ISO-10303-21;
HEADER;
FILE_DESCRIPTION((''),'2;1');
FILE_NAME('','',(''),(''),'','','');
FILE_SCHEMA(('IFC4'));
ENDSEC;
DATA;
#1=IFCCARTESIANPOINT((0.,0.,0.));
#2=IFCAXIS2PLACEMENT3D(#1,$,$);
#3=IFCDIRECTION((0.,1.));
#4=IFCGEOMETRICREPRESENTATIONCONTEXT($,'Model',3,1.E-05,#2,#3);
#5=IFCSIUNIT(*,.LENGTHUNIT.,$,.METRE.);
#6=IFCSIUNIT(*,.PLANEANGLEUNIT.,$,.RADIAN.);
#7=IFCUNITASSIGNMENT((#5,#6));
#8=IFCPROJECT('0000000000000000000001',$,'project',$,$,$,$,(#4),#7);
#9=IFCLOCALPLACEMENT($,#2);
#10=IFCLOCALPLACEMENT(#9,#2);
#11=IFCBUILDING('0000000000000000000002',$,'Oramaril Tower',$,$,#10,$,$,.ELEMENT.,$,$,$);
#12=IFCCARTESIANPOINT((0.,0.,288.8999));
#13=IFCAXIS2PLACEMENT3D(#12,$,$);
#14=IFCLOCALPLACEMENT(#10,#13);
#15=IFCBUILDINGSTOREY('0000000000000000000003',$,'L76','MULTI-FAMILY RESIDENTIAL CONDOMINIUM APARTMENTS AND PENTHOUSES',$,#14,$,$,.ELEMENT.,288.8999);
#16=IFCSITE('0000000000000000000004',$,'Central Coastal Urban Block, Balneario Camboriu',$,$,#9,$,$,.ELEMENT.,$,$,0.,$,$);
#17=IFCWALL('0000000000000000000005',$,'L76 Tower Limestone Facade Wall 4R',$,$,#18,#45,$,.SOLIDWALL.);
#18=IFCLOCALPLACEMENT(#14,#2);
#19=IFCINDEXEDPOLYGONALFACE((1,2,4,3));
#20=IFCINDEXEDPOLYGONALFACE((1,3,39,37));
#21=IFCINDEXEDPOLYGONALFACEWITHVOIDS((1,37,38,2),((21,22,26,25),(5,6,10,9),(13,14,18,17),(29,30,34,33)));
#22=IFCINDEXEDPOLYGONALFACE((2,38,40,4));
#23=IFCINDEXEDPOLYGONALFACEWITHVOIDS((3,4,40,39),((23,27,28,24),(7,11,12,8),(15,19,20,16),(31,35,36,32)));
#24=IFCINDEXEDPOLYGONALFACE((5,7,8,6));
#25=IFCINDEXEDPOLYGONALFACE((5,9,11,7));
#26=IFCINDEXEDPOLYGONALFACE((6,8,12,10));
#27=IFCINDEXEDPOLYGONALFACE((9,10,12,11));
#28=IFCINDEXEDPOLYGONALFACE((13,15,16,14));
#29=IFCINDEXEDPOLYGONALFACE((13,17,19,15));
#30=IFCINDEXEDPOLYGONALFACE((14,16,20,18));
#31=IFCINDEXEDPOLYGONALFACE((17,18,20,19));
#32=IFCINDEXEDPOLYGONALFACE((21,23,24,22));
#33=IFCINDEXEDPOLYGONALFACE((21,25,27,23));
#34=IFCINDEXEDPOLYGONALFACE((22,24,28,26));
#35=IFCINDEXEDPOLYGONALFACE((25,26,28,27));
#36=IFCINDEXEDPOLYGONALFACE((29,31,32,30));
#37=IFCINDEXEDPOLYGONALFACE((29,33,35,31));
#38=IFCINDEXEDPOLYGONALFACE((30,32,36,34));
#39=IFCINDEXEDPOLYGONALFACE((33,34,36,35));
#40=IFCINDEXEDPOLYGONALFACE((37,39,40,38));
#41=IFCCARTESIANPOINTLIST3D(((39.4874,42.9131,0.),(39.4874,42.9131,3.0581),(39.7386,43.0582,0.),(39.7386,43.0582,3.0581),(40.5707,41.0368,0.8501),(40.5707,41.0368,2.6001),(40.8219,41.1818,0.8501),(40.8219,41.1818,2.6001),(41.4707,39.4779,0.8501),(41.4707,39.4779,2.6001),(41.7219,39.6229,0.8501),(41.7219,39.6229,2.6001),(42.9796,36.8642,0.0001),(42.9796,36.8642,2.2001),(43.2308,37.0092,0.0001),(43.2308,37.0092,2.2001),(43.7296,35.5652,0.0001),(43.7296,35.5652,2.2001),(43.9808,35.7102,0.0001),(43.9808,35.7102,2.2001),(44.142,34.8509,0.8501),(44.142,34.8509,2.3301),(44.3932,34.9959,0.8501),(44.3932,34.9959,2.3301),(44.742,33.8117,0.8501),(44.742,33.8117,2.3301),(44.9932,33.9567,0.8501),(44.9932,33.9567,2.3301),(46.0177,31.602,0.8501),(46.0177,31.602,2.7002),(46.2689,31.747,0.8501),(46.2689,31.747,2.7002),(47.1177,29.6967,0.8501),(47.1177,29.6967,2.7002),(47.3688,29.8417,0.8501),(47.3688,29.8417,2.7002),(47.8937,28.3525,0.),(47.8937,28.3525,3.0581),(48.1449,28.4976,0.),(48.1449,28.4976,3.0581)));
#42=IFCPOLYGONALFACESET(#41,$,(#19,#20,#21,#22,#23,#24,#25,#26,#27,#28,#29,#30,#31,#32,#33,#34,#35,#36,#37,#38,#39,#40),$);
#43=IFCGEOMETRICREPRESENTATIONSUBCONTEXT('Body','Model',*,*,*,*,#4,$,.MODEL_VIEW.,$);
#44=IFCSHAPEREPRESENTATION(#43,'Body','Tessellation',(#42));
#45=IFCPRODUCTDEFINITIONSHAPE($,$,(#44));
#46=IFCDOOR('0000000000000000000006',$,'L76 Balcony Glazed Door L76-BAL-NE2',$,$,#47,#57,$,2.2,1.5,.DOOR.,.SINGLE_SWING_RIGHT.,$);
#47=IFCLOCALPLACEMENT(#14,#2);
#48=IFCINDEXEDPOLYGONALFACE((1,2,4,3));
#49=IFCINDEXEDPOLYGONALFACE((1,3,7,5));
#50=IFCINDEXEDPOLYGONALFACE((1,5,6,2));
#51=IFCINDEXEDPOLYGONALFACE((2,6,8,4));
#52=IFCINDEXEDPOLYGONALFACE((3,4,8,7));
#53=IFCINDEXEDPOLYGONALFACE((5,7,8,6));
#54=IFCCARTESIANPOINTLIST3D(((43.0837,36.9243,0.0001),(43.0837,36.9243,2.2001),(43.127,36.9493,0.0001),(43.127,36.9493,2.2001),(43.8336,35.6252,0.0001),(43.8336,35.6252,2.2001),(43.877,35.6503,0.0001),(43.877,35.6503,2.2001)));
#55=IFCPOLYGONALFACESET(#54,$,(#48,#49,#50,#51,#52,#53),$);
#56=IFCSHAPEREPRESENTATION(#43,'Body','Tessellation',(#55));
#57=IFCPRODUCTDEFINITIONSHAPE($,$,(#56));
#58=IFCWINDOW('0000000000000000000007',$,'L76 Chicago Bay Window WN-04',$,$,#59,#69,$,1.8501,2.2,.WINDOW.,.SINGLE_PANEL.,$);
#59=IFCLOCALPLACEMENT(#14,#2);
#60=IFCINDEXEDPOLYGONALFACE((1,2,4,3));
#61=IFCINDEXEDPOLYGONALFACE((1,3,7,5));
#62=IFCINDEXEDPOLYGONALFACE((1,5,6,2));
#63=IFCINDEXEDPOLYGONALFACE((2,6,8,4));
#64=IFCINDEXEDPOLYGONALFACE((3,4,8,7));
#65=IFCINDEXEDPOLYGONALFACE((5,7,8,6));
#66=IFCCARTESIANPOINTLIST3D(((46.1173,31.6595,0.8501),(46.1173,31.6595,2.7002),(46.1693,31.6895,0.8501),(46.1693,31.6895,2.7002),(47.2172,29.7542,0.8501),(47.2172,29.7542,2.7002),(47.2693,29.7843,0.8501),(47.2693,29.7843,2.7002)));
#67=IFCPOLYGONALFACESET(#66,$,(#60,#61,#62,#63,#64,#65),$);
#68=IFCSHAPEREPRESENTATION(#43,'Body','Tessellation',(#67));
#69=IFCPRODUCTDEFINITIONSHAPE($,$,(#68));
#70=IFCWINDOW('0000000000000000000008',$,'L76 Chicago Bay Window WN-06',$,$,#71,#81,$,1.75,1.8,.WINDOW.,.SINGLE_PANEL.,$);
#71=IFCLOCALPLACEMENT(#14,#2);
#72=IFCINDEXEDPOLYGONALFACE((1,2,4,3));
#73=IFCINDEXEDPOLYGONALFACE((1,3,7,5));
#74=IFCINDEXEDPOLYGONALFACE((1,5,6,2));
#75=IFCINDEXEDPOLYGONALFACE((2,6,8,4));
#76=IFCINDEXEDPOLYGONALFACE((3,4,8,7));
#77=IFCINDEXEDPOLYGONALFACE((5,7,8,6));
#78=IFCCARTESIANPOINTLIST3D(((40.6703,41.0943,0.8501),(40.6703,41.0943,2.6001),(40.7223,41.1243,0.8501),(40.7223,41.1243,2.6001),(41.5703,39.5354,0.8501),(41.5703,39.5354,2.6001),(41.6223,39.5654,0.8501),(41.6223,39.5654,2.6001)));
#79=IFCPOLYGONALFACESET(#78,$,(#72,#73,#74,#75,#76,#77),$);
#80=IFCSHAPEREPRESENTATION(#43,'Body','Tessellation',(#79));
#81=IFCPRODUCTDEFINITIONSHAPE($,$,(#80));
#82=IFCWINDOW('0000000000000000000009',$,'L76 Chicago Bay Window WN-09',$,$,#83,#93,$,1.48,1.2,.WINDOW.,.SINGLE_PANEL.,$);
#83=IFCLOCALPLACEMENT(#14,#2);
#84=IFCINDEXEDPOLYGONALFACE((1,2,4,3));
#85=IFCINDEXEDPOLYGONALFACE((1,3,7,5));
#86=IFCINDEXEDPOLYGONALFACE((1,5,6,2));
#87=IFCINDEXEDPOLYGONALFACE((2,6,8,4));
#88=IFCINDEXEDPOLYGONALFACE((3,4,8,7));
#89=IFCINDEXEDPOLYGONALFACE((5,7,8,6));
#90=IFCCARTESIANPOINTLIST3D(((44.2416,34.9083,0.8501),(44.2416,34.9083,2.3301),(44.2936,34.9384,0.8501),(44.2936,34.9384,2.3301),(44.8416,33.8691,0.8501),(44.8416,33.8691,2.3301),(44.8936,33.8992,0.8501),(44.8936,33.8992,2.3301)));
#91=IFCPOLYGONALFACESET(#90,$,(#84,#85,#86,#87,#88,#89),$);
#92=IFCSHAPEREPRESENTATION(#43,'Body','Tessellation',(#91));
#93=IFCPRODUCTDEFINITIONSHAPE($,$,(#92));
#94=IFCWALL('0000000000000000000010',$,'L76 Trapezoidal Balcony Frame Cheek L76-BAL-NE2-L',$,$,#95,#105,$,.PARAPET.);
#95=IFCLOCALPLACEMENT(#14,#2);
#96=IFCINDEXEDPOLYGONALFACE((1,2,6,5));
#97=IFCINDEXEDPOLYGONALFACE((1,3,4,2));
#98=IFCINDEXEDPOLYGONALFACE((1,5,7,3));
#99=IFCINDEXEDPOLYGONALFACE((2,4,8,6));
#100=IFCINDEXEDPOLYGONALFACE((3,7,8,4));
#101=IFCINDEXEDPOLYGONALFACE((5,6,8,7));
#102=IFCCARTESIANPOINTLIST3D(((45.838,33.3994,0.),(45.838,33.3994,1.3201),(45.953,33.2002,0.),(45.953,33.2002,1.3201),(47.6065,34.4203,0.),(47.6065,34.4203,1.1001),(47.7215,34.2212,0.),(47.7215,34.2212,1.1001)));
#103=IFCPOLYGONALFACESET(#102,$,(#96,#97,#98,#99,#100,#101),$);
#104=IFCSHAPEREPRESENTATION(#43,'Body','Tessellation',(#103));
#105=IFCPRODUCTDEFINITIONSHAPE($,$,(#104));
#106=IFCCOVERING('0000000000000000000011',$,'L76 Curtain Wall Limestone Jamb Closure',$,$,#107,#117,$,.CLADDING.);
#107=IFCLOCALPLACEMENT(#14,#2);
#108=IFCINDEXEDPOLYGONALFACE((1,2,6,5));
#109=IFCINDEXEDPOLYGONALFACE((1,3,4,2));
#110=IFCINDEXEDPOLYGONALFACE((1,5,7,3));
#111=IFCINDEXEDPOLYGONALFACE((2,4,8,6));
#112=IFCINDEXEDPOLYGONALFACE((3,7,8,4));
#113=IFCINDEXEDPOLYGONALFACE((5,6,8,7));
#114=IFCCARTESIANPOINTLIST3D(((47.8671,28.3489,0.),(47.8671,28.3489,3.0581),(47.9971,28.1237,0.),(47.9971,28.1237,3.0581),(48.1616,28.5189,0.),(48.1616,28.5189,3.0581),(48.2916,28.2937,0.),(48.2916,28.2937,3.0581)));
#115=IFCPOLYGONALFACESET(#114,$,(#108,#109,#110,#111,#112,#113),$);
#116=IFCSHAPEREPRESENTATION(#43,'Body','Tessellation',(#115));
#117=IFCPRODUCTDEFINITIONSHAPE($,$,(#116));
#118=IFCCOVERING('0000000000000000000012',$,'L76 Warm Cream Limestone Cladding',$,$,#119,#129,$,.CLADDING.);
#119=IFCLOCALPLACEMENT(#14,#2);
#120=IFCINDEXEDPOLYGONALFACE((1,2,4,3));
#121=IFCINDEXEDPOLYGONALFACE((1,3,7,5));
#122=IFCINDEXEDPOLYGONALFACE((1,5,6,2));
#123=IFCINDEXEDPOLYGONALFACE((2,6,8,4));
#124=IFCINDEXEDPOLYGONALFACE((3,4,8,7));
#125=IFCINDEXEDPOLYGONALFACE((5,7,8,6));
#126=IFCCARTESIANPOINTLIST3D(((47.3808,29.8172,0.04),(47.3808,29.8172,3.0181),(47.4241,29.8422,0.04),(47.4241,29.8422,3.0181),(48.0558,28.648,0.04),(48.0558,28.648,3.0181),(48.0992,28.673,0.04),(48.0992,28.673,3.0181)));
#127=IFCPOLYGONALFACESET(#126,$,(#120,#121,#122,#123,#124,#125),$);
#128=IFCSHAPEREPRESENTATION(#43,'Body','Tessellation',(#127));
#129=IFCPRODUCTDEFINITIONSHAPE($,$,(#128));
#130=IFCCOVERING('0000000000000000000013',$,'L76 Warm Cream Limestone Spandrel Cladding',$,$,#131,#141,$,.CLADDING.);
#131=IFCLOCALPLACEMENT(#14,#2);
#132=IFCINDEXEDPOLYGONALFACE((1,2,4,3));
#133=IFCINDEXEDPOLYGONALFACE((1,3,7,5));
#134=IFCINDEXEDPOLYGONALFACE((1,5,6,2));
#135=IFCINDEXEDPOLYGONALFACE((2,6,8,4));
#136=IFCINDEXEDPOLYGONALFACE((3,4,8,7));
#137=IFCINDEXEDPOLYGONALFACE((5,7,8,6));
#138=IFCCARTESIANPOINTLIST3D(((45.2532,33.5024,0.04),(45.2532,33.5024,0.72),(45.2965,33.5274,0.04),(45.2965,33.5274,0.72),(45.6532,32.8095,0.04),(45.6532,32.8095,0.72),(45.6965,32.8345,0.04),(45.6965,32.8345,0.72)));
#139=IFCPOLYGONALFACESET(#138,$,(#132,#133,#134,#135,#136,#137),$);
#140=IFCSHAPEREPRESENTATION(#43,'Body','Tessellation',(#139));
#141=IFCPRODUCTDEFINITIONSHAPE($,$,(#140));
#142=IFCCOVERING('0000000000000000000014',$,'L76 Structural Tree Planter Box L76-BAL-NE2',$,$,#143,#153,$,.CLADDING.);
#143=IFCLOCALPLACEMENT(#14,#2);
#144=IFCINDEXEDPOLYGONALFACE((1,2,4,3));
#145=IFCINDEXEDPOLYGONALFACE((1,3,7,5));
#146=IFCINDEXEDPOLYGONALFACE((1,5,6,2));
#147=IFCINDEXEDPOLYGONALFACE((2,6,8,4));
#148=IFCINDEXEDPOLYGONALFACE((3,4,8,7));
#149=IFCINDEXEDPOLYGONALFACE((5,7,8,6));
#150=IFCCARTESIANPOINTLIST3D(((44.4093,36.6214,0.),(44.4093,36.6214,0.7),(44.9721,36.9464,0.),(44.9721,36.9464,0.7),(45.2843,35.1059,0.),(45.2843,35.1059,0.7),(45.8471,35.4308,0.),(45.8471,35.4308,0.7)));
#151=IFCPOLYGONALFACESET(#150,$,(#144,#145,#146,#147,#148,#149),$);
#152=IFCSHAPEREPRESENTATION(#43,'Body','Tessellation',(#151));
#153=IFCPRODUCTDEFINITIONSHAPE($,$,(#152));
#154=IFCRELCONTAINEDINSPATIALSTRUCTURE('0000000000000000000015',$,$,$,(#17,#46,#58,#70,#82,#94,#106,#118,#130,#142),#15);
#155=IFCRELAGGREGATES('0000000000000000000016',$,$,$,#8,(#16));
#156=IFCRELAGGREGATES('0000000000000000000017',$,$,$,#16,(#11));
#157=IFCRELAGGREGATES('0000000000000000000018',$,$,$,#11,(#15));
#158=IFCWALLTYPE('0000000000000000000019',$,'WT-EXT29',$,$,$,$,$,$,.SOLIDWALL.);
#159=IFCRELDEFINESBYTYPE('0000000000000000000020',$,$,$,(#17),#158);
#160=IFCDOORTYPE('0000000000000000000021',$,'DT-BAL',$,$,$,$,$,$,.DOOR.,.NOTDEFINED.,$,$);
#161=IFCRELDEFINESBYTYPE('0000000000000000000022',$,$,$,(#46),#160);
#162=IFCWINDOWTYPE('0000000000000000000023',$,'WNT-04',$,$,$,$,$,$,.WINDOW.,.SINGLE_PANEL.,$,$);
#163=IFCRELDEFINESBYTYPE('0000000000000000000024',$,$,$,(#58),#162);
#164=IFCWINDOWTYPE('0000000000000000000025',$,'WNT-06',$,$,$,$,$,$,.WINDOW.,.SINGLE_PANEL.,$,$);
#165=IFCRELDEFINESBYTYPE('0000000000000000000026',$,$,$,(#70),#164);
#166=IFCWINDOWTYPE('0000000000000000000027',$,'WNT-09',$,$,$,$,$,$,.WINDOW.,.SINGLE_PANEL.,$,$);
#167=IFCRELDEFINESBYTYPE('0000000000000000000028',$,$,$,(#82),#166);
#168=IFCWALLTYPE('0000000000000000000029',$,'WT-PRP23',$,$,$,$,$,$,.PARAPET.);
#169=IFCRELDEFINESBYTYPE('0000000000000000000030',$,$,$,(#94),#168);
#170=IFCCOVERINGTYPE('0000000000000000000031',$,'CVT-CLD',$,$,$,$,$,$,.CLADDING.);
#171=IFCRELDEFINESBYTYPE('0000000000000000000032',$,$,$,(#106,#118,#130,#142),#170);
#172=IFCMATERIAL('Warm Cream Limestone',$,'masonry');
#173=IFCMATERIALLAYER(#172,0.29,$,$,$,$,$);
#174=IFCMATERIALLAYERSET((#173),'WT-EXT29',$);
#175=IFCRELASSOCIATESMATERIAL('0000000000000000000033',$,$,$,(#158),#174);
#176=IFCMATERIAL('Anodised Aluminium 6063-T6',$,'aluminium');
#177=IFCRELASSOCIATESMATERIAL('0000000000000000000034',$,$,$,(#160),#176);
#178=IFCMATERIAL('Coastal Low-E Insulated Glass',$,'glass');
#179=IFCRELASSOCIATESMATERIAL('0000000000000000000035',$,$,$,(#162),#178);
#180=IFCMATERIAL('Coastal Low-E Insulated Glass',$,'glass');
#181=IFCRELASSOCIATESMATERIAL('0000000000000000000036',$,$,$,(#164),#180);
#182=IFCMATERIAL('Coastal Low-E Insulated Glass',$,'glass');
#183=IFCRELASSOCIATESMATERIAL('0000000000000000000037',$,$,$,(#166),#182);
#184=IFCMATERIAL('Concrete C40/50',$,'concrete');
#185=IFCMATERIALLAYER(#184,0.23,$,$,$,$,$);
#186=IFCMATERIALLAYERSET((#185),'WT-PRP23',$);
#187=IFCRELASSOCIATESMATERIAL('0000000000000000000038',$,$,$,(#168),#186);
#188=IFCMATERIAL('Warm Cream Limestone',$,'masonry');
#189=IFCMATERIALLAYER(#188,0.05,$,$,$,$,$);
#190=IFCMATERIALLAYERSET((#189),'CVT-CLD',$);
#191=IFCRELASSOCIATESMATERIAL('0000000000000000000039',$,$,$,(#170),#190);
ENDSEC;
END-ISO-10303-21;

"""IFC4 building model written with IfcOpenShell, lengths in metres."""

from ifc_helpers import new_model, si_unit, direction, frame, frame_2d, origin, origin_2d, place, context, subcontext, project, spatial, polyline, rectangle, outline, extrude, material, layer, layer_set, type_object, element, fill, save


model = new_model("IFC4")

# Units and contexts
model_context = context("Model", 3, precision=1e-05, world=origin(), true_north=direction((0.0, 1.0)))
body_context = subcontext(model_context, "Body", "Model", "MODEL_VIEW")
ifc_project = project(units=[si_unit("LENGTHUNIT", "METRE"), si_unit("PLANEANGLEUNIT", "RADIAN")], contexts=[model_context])

# Site, building, storey
site_placement = place(None, origin())
site = spatial("IfcSite", under=ifc_project, at=site_placement, Name="Central Coastal Urban Block, Balneario Camboriu", CompositionType="ELEMENT", RefElevation=0.0)
building_placement = place(site_placement, origin())
building = spatial("IfcBuilding", under=site, at=building_placement, Name="Oramaril Tower", CompositionType="ELEMENT")
storey_placement = place(building_placement, frame((0.0, 0.0, 288.8999)))
storey = spatial("IfcBuildingStorey", under=building, at=storey_placement, Name="L76", Description="MULTI-FAMILY RESIDENTIAL CONDOMINIUM APARTMENTS AND PENTHOUSES", CompositionType="ELEMENT", Elevation=288.8999)

# Wall, openings, door, windows
ifc_material_1 = material(Name="Warm Cream Limestone", Category="masonry")
ifc_layer_1 = layer(ifc_material_1, 0.29)
ifc_layer_set_1 = layer_set([ifc_layer_1], Name="WT-EXT29")
wall_type_1 = type_object("IfcWallType", Name="WT-EXT29", PredefinedType="SOLIDWALL", material=ifc_layer_set_1)
wall_1_placement = place(storey_placement, frame((48.0193, 28.425, 0.0), z_axis=(0.0, 0.0, 1.0), x_axis=(-0.499987, 0.866033, 0.0)))
wall_1 = element("IfcWall", 1, at=wall_1_placement, inside=storey, type_object=wall_type_1, Name="L76 Tower Limestone Facade Wall 4R", PredefinedType="SOLIDWALL", context=body_context, shape_type="SweptSolid", body=[
    extrude(rectangle(XDim=16.813, YDim=0.29, at=frame_2d((8.4065, 0.0))), origin(), (0.0, 0.0, 1.0), 3.0581),
])
opening_1_placement = place(wall_1_placement, frame((8.3284, 0.0, 0.0)))
opening_1 = element("IfcOpeningElement", 2, at=opening_1_placement, cuts=wall_1, PredefinedType="OPENING", context=body_context, shape_type="SweptSolid", body=[
    extrude(rectangle(XDim=1.5, YDim=2.2, at=frame_2d((0.75, 1.1001))), frame((0.0, 0.145, 0.0), z_axis=(0.0, -1.0, 0.0), x_axis=(1.0, 0.0, 0.0)), (0.0, 0.0, 1.0), 0.29),
])
opening_2_placement = place(wall_1_placement, frame((6.3035, 0.0, 0.8501)))
opening_2 = element("IfcOpeningElement", 3, at=opening_2_placement, cuts=wall_1, PredefinedType="OPENING", context=body_context, shape_type="SweptSolid", body=[
    extrude(rectangle(XDim=1.2, YDim=1.48, at=frame_2d((0.6001, 0.74))), frame((0.0, 0.145, 0.0), z_axis=(0.0, -1.0, 0.0), x_axis=(1.0, 0.0, 0.0)), (0.0, 0.0, 1.0), 0.29),
])
opening_3_placement = place(wall_1_placement, frame((12.8464, 0.0, 0.8501)))
opening_3 = element("IfcOpeningElement", 4, at=opening_3_placement, cuts=wall_1, PredefinedType="OPENING", context=body_context, shape_type="SweptSolid", body=[
    extrude(rectangle(XDim=1.8, YDim=1.75, at=frame_2d((0.8999, 0.875))), frame((0.0, 0.145, 0.0), z_axis=(0.0, -1.0, 0.0), x_axis=(1.0, 0.0, 0.0)), (0.0, 0.0, 1.0), 0.29),
])
opening_4_placement = place(wall_1_placement, frame((1.552, 0.0, 0.8501)))
opening_4 = element("IfcOpeningElement", 5, at=opening_4_placement, cuts=wall_1, PredefinedType="OPENING", context=body_context, shape_type="SweptSolid", body=[
    extrude(rectangle(XDim=2.2, YDim=1.8501, at=frame_2d((1.1001, 0.925))), frame((0.0, 0.145, 0.0), z_axis=(0.0, -1.0, 0.0), x_axis=(1.0, 0.0, 0.0)), (0.0, 0.0, 1.0), 0.29),
])
ifc_material_2 = material(Name="Anodised Aluminium 6063-T6", Category="aluminium")
door_type = type_object("IfcDoorType", Name="DT-BAL", OperationType="NOTDEFINED", PredefinedType="DOOR", material=ifc_material_2)
door_placement = place(opening_1_placement, origin())
door = element("IfcDoor", 6, at=door_placement, inside=storey, type_object=door_type, Name="L76 Balcony Glazed Door L76-BAL-NE2", OperationType="SINGLE_SWING_RIGHT", OverallHeight=2.2, OverallWidth=1.5, PredefinedType="DOOR", context=body_context, shape_type="SweptSolid", body=[
    extrude(rectangle(XDim=1.5, YDim=2.2, at=frame_2d((0.75, 1.1001))), frame((0.0, 0.0249, 0.0), z_axis=(0.0, -1.0, 0.0), x_axis=(1.0, 0.0, 0.0)), (0.0, 0.0, 1.0), 0.05),
])
fill(opening_1, door)
ifc_material_3 = material(Name="Coastal Low-E Insulated Glass", Category="glass")
window_type_1 = type_object("IfcWindowType", Name="WNT-04", PartitioningType="SINGLE_PANEL", PredefinedType="WINDOW", material=ifc_material_3)
window_1_placement = place(opening_4_placement, origin())
window_1 = element("IfcWindow", 7, at=window_1_placement, inside=storey, type_object=window_type_1, Name="L76 Chicago Bay Window WN-04", OverallHeight=1.8501, OverallWidth=2.2, PartitioningType="SINGLE_PANEL", PredefinedType="WINDOW", context=body_context, shape_type="SweptSolid", body=[
    extrude(rectangle(XDim=2.2, YDim=1.8501, at=frame_2d((1.1001, 0.925))), frame((0.0, 0.03, 0.0), z_axis=(0.0, -1.0, 0.0), x_axis=(1.0, 0.0, 0.0)), (0.0, 0.0, 1.0), 0.0601),
])
fill(opening_4, window_1)
ifc_material_4 = material(Name="Coastal Low-E Insulated Glass", Category="glass")
window_type_2 = type_object("IfcWindowType", Name="WNT-06", PartitioningType="SINGLE_PANEL", PredefinedType="WINDOW", material=ifc_material_4)
window_2_placement = place(opening_3_placement, origin())
window_2 = element("IfcWindow", 8, at=window_2_placement, inside=storey, type_object=window_type_2, Name="L76 Chicago Bay Window WN-06", OverallHeight=1.75, OverallWidth=1.8, PartitioningType="SINGLE_PANEL", PredefinedType="WINDOW", context=body_context, shape_type="SweptSolid", body=[
    extrude(rectangle(XDim=1.8, YDim=1.75, at=frame_2d((0.8999, 0.875))), frame((0.0, 0.03, 0.0), z_axis=(0.0, -1.0, 0.0), x_axis=(1.0, 0.0, 0.0)), (0.0, 0.0, 1.0), 0.0601),
])
fill(opening_3, window_2)
ifc_material_5 = material(Name="Coastal Low-E Insulated Glass", Category="glass")
window_type_3 = type_object("IfcWindowType", Name="WNT-09", PartitioningType="SINGLE_PANEL", PredefinedType="WINDOW", material=ifc_material_5)
window_3_placement = place(opening_2_placement, origin())
window_3 = element("IfcWindow", 9, at=window_3_placement, inside=storey, type_object=window_type_3, Name="L76 Chicago Bay Window WN-09", OverallHeight=1.48, OverallWidth=1.2, PartitioningType="SINGLE_PANEL", PredefinedType="WINDOW", context=body_context, shape_type="SweptSolid", body=[
    extrude(rectangle(XDim=1.2, YDim=1.48, at=frame_2d((0.6001, 0.74))), frame((0.0, 0.03, 0.0), z_axis=(0.0, -1.0, 0.0), x_axis=(1.0, 0.0, 0.0)), (0.0, 0.0, 1.0), 0.0601),
])
fill(opening_2, window_3)

# Wall
ifc_material_6 = material(Name="Concrete C40/50", Category="concrete")
ifc_layer_2 = layer(ifc_material_6, 0.23)
ifc_layer_set_2 = layer_set([ifc_layer_2], Name="WT-PRP23")
wall_type_2 = type_object("IfcWallType", Name="WT-PRP23", PredefinedType="PARAPET", material=ifc_layer_set_2)
wall_2_placement = place(storey_placement, frame((45.8955, 33.2998, 0.0), z_axis=(0.0, 0.0, 1.0), x_axis=(0.866042, 0.499971, 0.0)))
element("IfcWall", 10, at=wall_2_placement, inside=storey, type_object=wall_type_2, Name="L76 Trapezoidal Balcony Frame Cheek L76-BAL-NE2-L", PredefinedType="PARAPET", context=body_context, shape_type="SweptSolid", body=[
    extrude(outline(polyline([(0.0, 0.0), (2.042, 0.0), (2.042, 1.1001), (0.0, 1.3201), (0.0, 0.0)])), frame((0.0, 0.115, 0.0), z_axis=(0.0, -1.0, 0.0), x_axis=(1.0, 0.0, 0.0)), (0.0, 0.0, 1.0), 0.23),
])

# Coverings
ifc_material_7 = material(Name="Warm Cream Limestone", Category="masonry")
ifc_layer_3 = layer(ifc_material_7, 0.05)
ifc_layer_set_3 = layer_set([ifc_layer_3], Name="CVT-CLD")
covering_type = type_object("IfcCoveringType", Name="CVT-CLD", PredefinedType="CLADDING", material=ifc_layer_set_3)
covering_1_placement = place(storey_placement, frame((48.0793, 28.3213, 0.0), z_axis=(0.0, 0.0, 1.0), x_axis=(-0.5, 0.866025, 0.0)))
element("IfcCovering", 11, at=covering_1_placement, inside=storey, type_object=covering_type, Name="L76 Curtain Wall Limestone Jamb Closure", PredefinedType="CLADDING", context=body_context, shape_type="SweptSolid", body=[
    extrude(rectangle(XDim=0.26, YDim=0.3401, at=origin_2d()), origin(), (0.0, 0.0, 1.0), 3.0581),
])
covering_2_placement = place(storey_placement, frame((47.74, 29.2451, 0.04), z_axis=(0.0, 0.0, 1.0), x_axis=(-0.499998, 0.866026, 0.0)))
element("IfcCovering", 12, at=covering_2_placement, inside=storey, type_object=covering_type, Name="L76 Warm Cream Limestone Cladding", PredefinedType="CLADDING", context=body_context, shape_type="SweptSolid", body=[
    extrude(rectangle(XDim=1.3501, YDim=0.05, at=origin_2d()), origin(), (0.0, 0.0, 1.0), 2.978),
])
covering_3_placement = place(storey_placement, frame((45.4749, 33.1685, 0.04), z_axis=(0.0, 0.0, 1.0), x_axis=(-0.499998, 0.866026, 0.0)))
element("IfcCovering", 13, at=covering_3_placement, inside=storey, type_object=covering_type, Name="L76 Warm Cream Limestone Spandrel Cladding", PredefinedType="CLADDING", context=body_context, shape_type="SweptSolid", body=[
    extrude(rectangle(XDim=0.8, YDim=0.05, at=origin_2d()), origin(), (0.0, 0.0, 1.0), 0.6799),
])
covering_4_placement = place(storey_placement, frame((45.1282, 36.0261, 0.0), z_axis=(0.0, 0.0, 1.0), x_axis=(-0.499998, 0.866026, 0.0)))
element("IfcCovering", 14, at=covering_4_placement, inside=storey, type_object=covering_type, Name="L76 Structural Tree Planter Box L76-BAL-NE2", PredefinedType="CLADDING", context=body_context, shape_type="SweptSolid", body=[
    extrude(rectangle(XDim=1.75, YDim=0.6499, at=origin_2d()), origin(), (0.0, 0.0, 1.0), 0.7),
])

save(model, "model.ifc")
